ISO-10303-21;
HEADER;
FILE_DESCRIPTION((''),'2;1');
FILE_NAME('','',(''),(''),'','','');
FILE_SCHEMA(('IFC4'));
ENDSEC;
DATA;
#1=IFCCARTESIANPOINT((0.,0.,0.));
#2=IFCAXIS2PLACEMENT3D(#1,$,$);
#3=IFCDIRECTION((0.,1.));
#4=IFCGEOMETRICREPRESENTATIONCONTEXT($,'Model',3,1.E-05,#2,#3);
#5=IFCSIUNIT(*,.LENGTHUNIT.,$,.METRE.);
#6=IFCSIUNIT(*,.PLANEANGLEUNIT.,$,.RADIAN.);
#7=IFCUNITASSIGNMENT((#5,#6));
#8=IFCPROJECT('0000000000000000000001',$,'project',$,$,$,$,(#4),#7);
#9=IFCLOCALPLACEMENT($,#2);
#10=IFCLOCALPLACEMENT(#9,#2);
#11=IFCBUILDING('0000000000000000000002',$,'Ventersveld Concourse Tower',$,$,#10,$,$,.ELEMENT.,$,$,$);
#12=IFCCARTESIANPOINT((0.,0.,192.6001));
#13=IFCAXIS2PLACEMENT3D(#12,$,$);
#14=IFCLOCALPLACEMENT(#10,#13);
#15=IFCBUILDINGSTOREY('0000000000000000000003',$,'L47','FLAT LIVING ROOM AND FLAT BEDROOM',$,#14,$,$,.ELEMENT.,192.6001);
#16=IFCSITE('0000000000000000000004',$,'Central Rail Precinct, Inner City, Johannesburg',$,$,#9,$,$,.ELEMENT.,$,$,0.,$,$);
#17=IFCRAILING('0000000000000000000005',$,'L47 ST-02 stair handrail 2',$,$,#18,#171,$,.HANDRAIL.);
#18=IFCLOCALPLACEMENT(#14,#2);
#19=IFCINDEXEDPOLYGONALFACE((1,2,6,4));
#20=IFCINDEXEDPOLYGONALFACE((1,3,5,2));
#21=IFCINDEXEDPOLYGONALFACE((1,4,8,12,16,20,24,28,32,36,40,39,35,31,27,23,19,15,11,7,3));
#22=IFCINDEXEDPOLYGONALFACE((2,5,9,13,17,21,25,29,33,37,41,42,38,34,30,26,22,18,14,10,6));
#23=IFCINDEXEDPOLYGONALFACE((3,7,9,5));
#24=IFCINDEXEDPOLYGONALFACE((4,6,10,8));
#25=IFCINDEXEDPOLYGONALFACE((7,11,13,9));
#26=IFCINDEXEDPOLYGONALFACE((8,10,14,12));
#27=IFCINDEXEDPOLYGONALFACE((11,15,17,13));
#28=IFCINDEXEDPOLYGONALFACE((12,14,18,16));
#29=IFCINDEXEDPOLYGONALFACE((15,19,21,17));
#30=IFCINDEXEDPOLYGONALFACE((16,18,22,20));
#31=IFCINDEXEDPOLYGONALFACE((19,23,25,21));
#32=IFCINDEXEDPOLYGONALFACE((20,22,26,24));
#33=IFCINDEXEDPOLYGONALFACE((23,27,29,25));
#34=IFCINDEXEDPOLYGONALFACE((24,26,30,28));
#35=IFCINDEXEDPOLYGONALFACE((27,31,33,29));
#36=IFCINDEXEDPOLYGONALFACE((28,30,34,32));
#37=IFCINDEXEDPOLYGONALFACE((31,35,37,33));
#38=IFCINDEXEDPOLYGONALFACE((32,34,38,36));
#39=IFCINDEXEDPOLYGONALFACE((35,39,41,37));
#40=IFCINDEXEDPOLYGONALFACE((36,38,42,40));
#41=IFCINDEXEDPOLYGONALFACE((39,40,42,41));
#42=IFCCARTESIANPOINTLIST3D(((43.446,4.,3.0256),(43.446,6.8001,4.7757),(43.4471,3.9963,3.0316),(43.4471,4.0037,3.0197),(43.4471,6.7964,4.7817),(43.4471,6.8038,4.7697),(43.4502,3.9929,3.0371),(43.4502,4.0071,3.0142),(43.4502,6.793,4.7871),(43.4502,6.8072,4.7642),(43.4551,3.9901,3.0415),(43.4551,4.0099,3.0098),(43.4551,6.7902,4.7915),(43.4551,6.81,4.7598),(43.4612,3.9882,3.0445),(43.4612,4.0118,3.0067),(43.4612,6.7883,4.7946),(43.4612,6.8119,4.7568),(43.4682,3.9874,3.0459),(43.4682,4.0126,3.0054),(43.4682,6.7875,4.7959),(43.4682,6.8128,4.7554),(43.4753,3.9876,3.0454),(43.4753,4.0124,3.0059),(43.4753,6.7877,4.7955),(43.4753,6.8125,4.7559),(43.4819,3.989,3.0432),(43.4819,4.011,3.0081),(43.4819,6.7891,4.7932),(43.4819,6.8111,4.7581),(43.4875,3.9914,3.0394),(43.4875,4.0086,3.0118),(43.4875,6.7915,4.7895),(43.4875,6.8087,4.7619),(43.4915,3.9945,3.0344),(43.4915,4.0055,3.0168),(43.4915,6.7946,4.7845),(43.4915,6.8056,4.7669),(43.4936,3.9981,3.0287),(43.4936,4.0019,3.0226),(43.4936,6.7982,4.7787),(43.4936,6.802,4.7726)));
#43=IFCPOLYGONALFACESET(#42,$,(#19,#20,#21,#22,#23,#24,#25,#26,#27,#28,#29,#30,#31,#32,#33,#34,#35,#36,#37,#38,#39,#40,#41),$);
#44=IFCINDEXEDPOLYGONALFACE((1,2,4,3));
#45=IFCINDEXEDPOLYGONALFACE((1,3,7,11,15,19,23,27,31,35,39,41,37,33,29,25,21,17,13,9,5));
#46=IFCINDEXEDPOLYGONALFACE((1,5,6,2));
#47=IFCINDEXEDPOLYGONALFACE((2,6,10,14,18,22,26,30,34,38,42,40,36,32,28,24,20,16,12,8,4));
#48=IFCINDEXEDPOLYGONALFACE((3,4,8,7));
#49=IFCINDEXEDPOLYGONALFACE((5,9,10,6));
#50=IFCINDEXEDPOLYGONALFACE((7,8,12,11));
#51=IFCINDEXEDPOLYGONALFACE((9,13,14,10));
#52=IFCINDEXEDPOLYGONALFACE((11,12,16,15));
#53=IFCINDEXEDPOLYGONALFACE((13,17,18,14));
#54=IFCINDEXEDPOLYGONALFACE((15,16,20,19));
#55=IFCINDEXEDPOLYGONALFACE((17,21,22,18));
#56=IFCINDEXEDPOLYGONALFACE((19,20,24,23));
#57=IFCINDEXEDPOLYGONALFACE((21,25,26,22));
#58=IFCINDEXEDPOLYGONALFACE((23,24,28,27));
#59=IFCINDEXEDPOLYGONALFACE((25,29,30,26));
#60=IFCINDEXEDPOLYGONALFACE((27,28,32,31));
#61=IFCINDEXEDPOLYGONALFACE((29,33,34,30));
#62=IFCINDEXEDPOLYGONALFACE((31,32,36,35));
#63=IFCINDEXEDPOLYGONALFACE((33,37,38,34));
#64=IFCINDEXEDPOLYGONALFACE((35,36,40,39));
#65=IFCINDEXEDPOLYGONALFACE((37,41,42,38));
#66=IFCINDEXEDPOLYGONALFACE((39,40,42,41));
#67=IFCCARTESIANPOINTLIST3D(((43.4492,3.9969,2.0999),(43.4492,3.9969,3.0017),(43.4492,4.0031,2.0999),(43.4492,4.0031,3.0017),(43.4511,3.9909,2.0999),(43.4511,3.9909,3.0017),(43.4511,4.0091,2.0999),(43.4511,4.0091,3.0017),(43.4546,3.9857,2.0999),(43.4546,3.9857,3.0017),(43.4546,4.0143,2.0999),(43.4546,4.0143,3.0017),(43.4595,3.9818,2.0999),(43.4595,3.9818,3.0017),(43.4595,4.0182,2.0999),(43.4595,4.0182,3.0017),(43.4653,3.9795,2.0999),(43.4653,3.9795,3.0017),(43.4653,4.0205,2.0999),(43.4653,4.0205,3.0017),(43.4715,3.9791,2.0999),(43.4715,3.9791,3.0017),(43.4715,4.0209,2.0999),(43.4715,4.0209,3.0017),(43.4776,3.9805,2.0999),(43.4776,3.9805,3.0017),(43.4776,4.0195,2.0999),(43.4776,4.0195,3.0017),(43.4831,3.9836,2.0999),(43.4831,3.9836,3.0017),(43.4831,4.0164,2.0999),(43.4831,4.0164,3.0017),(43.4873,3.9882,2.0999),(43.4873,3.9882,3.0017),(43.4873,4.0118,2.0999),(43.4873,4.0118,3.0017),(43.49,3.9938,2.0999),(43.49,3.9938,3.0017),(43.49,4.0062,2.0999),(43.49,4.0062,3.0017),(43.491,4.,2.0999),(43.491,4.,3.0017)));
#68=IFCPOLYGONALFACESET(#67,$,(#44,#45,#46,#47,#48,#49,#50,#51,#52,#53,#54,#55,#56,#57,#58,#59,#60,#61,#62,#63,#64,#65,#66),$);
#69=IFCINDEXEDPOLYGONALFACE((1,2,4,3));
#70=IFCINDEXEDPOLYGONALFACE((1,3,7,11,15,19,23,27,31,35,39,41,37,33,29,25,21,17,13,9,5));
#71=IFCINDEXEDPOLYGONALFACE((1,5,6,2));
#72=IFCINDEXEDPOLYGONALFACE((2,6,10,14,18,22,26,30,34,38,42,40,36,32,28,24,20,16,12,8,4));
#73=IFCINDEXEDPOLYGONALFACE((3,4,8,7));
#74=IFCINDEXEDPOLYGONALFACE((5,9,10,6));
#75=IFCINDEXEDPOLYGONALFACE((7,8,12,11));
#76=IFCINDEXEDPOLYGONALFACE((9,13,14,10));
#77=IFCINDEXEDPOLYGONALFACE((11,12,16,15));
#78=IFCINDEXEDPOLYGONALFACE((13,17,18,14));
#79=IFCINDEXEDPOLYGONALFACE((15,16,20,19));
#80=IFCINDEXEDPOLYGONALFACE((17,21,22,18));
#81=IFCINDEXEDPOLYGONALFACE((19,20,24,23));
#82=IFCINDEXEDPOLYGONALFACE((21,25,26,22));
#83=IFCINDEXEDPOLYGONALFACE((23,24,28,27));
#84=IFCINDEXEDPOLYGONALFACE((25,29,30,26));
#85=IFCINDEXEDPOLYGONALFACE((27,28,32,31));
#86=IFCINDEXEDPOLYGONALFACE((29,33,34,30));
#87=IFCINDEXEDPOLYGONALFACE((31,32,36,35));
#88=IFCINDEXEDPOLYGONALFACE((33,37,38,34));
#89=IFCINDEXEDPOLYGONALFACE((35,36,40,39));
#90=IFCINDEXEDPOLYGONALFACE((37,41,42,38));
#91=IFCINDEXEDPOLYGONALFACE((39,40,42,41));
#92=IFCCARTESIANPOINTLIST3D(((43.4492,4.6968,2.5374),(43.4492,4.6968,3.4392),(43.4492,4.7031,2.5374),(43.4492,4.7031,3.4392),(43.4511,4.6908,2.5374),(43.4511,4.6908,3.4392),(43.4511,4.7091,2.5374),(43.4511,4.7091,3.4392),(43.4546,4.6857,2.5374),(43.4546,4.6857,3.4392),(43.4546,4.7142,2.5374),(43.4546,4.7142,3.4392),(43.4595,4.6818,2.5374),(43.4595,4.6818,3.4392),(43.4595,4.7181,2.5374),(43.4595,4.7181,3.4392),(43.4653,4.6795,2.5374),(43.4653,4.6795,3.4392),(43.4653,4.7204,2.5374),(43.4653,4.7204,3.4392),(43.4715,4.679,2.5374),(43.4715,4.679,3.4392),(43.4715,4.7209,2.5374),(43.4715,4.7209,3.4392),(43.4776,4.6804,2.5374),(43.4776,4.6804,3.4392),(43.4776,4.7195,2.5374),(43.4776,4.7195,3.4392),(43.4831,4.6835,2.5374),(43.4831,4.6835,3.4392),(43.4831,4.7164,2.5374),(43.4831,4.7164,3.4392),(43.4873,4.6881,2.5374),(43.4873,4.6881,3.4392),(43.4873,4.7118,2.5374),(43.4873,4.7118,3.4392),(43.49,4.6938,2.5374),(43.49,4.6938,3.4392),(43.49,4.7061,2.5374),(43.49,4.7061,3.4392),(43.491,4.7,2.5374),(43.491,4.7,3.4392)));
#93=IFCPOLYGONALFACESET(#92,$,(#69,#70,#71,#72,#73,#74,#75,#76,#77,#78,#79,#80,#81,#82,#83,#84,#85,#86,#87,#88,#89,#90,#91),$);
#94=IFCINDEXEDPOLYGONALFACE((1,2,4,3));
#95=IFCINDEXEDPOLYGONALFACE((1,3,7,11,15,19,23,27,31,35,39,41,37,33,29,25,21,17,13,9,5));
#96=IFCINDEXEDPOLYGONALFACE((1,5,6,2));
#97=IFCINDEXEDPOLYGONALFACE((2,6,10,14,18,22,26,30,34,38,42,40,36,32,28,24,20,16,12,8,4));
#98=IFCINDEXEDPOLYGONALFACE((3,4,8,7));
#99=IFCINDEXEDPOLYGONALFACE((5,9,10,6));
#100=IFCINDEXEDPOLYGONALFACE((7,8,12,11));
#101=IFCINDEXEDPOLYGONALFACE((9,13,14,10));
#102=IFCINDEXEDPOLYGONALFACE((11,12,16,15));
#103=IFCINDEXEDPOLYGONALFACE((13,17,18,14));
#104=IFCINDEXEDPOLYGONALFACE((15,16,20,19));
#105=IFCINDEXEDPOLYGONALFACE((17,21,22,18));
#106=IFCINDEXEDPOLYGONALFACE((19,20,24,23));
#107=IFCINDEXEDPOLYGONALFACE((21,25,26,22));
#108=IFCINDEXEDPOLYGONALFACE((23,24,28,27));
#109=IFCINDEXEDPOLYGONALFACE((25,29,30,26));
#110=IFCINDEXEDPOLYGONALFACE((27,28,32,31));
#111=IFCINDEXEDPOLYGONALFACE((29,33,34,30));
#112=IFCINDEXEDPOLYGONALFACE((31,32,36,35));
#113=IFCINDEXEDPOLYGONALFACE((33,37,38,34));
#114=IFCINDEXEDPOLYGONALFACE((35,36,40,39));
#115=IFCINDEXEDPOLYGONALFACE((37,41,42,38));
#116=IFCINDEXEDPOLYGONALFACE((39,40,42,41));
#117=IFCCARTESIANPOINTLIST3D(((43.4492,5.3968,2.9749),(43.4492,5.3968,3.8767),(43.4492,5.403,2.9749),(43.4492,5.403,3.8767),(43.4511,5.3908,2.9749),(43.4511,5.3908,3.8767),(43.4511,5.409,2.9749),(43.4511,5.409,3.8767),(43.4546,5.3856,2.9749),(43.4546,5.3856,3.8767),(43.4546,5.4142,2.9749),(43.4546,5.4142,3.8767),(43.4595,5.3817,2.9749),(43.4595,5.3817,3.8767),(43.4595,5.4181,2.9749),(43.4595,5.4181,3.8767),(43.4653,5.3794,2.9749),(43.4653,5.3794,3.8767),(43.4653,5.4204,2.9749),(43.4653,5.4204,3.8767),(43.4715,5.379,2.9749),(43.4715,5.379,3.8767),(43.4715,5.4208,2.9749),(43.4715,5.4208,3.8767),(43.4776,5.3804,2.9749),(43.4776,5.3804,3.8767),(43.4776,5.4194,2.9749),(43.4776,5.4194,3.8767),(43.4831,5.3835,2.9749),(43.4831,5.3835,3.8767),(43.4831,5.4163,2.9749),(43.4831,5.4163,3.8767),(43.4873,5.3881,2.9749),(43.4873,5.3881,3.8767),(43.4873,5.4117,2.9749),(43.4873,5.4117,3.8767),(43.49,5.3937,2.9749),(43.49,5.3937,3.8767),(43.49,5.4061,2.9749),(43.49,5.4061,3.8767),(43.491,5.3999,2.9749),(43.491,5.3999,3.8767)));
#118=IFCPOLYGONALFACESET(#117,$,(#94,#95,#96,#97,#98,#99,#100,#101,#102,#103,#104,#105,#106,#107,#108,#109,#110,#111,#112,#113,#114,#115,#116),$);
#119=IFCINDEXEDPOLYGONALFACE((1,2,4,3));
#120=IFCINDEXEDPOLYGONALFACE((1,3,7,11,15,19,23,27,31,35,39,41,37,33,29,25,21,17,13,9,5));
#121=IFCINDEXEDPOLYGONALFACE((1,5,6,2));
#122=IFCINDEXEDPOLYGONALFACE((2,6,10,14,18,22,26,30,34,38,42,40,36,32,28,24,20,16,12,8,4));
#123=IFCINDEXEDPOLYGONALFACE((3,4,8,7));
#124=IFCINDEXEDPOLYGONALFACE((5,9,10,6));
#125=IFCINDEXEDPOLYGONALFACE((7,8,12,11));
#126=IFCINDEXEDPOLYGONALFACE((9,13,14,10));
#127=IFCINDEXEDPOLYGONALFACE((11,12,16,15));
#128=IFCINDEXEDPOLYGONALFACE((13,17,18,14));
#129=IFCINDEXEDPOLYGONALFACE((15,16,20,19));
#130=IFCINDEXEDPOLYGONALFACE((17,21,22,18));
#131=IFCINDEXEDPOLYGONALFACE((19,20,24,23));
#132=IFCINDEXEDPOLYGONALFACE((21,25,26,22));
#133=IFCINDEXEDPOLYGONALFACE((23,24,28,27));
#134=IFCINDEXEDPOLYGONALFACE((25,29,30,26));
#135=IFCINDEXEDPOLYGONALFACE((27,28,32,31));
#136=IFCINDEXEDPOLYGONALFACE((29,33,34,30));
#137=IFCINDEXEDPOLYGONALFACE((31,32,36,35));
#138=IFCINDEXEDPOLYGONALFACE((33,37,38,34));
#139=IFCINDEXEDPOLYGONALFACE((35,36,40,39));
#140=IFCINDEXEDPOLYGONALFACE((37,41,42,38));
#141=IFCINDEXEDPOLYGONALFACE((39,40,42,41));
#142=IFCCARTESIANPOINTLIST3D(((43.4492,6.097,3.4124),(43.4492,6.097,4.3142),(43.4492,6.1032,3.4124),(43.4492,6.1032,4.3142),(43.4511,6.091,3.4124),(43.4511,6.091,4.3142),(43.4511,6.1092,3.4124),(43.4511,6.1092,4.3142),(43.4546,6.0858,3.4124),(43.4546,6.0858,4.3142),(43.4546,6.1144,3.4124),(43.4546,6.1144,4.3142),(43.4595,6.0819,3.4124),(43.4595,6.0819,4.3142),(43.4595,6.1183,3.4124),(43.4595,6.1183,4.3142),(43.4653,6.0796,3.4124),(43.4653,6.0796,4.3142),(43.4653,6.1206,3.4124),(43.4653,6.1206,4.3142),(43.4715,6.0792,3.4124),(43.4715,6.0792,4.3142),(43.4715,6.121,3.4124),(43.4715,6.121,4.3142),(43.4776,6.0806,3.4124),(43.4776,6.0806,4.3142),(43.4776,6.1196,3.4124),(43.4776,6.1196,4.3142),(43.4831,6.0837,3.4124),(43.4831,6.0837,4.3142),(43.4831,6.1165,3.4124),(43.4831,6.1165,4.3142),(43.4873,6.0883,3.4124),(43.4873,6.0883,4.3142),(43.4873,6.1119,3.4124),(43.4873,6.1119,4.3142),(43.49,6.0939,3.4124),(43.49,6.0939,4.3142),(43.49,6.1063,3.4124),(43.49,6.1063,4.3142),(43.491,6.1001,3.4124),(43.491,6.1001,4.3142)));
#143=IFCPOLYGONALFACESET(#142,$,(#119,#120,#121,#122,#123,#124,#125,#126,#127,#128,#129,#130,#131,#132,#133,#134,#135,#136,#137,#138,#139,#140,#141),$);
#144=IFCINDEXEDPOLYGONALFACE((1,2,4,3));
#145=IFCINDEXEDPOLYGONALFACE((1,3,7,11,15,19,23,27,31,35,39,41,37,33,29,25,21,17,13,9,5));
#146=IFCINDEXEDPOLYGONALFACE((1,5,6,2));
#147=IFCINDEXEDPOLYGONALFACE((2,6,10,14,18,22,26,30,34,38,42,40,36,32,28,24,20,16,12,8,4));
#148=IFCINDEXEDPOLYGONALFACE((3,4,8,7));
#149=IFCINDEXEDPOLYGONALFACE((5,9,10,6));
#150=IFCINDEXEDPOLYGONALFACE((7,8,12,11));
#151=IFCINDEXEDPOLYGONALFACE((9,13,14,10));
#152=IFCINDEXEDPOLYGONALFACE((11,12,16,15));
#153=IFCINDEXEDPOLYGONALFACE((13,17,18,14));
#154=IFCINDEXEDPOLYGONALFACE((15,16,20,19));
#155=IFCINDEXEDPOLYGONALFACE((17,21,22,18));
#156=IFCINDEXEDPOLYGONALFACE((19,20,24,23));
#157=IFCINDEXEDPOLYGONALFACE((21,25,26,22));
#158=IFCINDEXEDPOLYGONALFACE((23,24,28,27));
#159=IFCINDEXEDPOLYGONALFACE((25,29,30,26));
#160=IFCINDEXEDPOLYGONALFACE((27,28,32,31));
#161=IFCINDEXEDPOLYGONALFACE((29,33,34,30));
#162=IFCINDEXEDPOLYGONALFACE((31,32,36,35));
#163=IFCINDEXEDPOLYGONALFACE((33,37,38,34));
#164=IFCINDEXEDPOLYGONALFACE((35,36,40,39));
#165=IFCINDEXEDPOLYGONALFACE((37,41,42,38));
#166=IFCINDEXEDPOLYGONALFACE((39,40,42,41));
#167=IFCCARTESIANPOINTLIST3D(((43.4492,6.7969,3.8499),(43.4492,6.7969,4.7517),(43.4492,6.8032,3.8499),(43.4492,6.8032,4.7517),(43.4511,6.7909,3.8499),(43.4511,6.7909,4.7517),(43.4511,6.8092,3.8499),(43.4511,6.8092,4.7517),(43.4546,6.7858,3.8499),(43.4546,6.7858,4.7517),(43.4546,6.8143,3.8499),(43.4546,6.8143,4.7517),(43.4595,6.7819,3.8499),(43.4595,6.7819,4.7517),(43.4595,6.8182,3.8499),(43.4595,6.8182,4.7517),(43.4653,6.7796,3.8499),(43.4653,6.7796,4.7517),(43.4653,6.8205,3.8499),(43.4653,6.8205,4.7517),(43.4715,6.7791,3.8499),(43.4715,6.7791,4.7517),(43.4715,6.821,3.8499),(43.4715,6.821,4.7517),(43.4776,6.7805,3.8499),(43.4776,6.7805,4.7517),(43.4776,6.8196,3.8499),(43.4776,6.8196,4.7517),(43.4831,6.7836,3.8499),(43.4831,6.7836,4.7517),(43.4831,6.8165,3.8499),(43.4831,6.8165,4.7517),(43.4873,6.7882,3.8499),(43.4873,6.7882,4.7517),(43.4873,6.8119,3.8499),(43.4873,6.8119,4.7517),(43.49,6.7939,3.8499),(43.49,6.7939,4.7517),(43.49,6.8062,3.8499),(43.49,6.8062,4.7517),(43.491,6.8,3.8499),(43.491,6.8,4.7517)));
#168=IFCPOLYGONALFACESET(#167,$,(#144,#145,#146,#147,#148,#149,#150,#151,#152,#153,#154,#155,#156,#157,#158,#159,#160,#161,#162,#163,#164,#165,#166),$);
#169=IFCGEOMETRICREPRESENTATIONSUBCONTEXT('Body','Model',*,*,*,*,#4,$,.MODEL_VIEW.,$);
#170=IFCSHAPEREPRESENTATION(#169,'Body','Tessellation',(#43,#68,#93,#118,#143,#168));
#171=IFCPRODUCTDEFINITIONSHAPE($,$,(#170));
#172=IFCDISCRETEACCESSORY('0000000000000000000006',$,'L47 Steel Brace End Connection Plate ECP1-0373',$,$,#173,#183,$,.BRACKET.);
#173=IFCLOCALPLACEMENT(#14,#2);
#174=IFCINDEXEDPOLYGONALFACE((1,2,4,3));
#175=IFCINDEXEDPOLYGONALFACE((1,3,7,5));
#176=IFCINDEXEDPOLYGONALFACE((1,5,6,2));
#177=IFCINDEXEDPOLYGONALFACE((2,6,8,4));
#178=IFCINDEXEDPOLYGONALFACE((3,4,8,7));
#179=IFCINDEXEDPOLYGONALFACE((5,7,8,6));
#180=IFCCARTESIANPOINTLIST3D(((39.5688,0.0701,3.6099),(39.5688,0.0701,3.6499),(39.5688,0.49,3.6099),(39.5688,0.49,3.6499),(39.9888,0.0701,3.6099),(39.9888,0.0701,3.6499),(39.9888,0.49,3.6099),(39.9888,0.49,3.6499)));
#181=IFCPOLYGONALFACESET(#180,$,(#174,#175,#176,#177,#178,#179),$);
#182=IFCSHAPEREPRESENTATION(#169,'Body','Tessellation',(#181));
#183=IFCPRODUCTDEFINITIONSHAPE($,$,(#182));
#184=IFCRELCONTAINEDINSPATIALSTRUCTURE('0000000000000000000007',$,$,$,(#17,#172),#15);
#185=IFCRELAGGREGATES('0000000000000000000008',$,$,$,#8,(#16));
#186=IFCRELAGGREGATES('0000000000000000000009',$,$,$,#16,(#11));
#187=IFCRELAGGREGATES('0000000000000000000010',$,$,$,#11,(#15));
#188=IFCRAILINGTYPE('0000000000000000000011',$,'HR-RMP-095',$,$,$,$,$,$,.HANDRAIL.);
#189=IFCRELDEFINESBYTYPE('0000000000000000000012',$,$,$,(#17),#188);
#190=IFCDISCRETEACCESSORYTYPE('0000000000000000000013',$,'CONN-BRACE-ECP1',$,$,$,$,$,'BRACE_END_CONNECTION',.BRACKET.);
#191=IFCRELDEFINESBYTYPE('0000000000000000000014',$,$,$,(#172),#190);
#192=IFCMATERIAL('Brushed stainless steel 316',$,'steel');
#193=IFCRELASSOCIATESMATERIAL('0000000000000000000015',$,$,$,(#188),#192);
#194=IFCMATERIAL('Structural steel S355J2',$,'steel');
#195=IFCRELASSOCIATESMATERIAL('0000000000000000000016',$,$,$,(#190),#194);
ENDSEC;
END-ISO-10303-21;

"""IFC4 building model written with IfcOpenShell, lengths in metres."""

from ifc_helpers import new_model, si_unit, direction, frame, origin, origin_2d, place, context, subcontext, project, spatial, rectangle, circle, extrude, material, type_object, element, save


model = new_model("IFC4")

# Units and contexts
model_context = context("Model", 3, precision=1e-05, world=origin(), true_north=direction((0.0, 1.0)))
body_context = subcontext(model_context, "Body", "Model", "MODEL_VIEW")
ifc_project = project(units=[si_unit("LENGTHUNIT", "METRE"), si_unit("PLANEANGLEUNIT", "RADIAN")], contexts=[model_context])

# Site, building, storey
site_placement = place(None, origin())
site = spatial("IfcSite", under=ifc_project, at=site_placement, Name="Central Rail Precinct, Inner City, Johannesburg", CompositionType="ELEMENT", RefElevation=0.0)
building_placement = place(site_placement, origin())
building = spatial("IfcBuilding", under=site, at=building_placement, Name="Ventersveld Concourse Tower", CompositionType="ELEMENT")
storey_placement = place(building_placement, frame((0.0, 0.0, 192.6001)))
storey = spatial("IfcBuildingStorey", under=building, at=storey_placement, Name="L47", Description="FLAT LIVING ROOM AND FLAT BEDROOM", CompositionType="ELEMENT", Elevation=192.6001)

# Railing
ifc_material_1 = material(Name="Brushed stainless steel 316", Category="steel")
railing_type_1 = type_object("IfcRailingType", Name="HR-RMP-095", PredefinedType="HANDRAIL", material=ifc_material_1)
railing_1_placement = place(storey_placement, frame((43.47, 4.0, 2.0999)))
element("IfcRailing", 1, at=railing_1_placement, inside=storey, type_object=railing_type_1, Name="L47 ST-02 stair handrail 2", PredefinedType="HANDRAIL", context=body_context, shape_type="SweptSolid", body=[
    extrude(circle(Radius=0.0239, at=origin_2d()), frame((0.0, 0.0, 0.9258), z_axis=(0.0, 0.848002, 0.529992), x_axis=(-1.0, 0.0, 0.0)), (0.0, 0.0, 1.0), 3.302),
    extrude(circle(Radius=0.021, at=origin_2d()), origin(), (0.0, 0.0, 1.0), 0.9019),
    extrude(circle(Radius=0.021, at=origin_2d()), frame((0.0, 0.7, 0.4375)), (0.0, 0.0, 1.0), 0.9019),
    extrude(circle(Radius=0.021, at=origin_2d()), frame((0.0, 1.3999, 0.875)), (0.0, 0.0, 1.0), 0.9019),
    extrude(circle(Radius=0.021, at=origin_2d()), frame((0.0, 2.1001, 1.3125)), (0.0, 0.0, 1.0), 0.9019),
    extrude(circle(Radius=0.021, at=origin_2d()), frame((0.0, 2.8, 1.75)), (0.0, 0.0, 1.0), 0.9019),
])

# Discrete accessory
ifc_material_2 = material(Name="Structural steel S355J2", Category="steel")
discrete_accessory_type = type_object("IfcDiscreteAccessoryType", Name="CONN-BRACE-ECP1", ElementType="BRACE_END_CONNECTION", PredefinedType="BRACKET", material=ifc_material_2)
discrete_accessory_placement = place(storey_placement, frame((39.7788, 0.28, 3.6099), z_axis=(0.0, 0.0, 1.0), x_axis=(1.0, 0.0, 0.0)))
element("IfcDiscreteAccessory", 2, at=discrete_accessory_placement, inside=storey, type_object=discrete_accessory_type, Name="L47 Steel Brace End Connection Plate ECP1-0373", PredefinedType="BRACKET", context=body_context, shape_type="SweptSolid", body=[
    extrude(rectangle(XDim=0.4199, YDim=0.4199, at=origin_2d()), origin(), (0.0, 0.0, 1.0), 0.04),
])

save(model, "model.ifc")
